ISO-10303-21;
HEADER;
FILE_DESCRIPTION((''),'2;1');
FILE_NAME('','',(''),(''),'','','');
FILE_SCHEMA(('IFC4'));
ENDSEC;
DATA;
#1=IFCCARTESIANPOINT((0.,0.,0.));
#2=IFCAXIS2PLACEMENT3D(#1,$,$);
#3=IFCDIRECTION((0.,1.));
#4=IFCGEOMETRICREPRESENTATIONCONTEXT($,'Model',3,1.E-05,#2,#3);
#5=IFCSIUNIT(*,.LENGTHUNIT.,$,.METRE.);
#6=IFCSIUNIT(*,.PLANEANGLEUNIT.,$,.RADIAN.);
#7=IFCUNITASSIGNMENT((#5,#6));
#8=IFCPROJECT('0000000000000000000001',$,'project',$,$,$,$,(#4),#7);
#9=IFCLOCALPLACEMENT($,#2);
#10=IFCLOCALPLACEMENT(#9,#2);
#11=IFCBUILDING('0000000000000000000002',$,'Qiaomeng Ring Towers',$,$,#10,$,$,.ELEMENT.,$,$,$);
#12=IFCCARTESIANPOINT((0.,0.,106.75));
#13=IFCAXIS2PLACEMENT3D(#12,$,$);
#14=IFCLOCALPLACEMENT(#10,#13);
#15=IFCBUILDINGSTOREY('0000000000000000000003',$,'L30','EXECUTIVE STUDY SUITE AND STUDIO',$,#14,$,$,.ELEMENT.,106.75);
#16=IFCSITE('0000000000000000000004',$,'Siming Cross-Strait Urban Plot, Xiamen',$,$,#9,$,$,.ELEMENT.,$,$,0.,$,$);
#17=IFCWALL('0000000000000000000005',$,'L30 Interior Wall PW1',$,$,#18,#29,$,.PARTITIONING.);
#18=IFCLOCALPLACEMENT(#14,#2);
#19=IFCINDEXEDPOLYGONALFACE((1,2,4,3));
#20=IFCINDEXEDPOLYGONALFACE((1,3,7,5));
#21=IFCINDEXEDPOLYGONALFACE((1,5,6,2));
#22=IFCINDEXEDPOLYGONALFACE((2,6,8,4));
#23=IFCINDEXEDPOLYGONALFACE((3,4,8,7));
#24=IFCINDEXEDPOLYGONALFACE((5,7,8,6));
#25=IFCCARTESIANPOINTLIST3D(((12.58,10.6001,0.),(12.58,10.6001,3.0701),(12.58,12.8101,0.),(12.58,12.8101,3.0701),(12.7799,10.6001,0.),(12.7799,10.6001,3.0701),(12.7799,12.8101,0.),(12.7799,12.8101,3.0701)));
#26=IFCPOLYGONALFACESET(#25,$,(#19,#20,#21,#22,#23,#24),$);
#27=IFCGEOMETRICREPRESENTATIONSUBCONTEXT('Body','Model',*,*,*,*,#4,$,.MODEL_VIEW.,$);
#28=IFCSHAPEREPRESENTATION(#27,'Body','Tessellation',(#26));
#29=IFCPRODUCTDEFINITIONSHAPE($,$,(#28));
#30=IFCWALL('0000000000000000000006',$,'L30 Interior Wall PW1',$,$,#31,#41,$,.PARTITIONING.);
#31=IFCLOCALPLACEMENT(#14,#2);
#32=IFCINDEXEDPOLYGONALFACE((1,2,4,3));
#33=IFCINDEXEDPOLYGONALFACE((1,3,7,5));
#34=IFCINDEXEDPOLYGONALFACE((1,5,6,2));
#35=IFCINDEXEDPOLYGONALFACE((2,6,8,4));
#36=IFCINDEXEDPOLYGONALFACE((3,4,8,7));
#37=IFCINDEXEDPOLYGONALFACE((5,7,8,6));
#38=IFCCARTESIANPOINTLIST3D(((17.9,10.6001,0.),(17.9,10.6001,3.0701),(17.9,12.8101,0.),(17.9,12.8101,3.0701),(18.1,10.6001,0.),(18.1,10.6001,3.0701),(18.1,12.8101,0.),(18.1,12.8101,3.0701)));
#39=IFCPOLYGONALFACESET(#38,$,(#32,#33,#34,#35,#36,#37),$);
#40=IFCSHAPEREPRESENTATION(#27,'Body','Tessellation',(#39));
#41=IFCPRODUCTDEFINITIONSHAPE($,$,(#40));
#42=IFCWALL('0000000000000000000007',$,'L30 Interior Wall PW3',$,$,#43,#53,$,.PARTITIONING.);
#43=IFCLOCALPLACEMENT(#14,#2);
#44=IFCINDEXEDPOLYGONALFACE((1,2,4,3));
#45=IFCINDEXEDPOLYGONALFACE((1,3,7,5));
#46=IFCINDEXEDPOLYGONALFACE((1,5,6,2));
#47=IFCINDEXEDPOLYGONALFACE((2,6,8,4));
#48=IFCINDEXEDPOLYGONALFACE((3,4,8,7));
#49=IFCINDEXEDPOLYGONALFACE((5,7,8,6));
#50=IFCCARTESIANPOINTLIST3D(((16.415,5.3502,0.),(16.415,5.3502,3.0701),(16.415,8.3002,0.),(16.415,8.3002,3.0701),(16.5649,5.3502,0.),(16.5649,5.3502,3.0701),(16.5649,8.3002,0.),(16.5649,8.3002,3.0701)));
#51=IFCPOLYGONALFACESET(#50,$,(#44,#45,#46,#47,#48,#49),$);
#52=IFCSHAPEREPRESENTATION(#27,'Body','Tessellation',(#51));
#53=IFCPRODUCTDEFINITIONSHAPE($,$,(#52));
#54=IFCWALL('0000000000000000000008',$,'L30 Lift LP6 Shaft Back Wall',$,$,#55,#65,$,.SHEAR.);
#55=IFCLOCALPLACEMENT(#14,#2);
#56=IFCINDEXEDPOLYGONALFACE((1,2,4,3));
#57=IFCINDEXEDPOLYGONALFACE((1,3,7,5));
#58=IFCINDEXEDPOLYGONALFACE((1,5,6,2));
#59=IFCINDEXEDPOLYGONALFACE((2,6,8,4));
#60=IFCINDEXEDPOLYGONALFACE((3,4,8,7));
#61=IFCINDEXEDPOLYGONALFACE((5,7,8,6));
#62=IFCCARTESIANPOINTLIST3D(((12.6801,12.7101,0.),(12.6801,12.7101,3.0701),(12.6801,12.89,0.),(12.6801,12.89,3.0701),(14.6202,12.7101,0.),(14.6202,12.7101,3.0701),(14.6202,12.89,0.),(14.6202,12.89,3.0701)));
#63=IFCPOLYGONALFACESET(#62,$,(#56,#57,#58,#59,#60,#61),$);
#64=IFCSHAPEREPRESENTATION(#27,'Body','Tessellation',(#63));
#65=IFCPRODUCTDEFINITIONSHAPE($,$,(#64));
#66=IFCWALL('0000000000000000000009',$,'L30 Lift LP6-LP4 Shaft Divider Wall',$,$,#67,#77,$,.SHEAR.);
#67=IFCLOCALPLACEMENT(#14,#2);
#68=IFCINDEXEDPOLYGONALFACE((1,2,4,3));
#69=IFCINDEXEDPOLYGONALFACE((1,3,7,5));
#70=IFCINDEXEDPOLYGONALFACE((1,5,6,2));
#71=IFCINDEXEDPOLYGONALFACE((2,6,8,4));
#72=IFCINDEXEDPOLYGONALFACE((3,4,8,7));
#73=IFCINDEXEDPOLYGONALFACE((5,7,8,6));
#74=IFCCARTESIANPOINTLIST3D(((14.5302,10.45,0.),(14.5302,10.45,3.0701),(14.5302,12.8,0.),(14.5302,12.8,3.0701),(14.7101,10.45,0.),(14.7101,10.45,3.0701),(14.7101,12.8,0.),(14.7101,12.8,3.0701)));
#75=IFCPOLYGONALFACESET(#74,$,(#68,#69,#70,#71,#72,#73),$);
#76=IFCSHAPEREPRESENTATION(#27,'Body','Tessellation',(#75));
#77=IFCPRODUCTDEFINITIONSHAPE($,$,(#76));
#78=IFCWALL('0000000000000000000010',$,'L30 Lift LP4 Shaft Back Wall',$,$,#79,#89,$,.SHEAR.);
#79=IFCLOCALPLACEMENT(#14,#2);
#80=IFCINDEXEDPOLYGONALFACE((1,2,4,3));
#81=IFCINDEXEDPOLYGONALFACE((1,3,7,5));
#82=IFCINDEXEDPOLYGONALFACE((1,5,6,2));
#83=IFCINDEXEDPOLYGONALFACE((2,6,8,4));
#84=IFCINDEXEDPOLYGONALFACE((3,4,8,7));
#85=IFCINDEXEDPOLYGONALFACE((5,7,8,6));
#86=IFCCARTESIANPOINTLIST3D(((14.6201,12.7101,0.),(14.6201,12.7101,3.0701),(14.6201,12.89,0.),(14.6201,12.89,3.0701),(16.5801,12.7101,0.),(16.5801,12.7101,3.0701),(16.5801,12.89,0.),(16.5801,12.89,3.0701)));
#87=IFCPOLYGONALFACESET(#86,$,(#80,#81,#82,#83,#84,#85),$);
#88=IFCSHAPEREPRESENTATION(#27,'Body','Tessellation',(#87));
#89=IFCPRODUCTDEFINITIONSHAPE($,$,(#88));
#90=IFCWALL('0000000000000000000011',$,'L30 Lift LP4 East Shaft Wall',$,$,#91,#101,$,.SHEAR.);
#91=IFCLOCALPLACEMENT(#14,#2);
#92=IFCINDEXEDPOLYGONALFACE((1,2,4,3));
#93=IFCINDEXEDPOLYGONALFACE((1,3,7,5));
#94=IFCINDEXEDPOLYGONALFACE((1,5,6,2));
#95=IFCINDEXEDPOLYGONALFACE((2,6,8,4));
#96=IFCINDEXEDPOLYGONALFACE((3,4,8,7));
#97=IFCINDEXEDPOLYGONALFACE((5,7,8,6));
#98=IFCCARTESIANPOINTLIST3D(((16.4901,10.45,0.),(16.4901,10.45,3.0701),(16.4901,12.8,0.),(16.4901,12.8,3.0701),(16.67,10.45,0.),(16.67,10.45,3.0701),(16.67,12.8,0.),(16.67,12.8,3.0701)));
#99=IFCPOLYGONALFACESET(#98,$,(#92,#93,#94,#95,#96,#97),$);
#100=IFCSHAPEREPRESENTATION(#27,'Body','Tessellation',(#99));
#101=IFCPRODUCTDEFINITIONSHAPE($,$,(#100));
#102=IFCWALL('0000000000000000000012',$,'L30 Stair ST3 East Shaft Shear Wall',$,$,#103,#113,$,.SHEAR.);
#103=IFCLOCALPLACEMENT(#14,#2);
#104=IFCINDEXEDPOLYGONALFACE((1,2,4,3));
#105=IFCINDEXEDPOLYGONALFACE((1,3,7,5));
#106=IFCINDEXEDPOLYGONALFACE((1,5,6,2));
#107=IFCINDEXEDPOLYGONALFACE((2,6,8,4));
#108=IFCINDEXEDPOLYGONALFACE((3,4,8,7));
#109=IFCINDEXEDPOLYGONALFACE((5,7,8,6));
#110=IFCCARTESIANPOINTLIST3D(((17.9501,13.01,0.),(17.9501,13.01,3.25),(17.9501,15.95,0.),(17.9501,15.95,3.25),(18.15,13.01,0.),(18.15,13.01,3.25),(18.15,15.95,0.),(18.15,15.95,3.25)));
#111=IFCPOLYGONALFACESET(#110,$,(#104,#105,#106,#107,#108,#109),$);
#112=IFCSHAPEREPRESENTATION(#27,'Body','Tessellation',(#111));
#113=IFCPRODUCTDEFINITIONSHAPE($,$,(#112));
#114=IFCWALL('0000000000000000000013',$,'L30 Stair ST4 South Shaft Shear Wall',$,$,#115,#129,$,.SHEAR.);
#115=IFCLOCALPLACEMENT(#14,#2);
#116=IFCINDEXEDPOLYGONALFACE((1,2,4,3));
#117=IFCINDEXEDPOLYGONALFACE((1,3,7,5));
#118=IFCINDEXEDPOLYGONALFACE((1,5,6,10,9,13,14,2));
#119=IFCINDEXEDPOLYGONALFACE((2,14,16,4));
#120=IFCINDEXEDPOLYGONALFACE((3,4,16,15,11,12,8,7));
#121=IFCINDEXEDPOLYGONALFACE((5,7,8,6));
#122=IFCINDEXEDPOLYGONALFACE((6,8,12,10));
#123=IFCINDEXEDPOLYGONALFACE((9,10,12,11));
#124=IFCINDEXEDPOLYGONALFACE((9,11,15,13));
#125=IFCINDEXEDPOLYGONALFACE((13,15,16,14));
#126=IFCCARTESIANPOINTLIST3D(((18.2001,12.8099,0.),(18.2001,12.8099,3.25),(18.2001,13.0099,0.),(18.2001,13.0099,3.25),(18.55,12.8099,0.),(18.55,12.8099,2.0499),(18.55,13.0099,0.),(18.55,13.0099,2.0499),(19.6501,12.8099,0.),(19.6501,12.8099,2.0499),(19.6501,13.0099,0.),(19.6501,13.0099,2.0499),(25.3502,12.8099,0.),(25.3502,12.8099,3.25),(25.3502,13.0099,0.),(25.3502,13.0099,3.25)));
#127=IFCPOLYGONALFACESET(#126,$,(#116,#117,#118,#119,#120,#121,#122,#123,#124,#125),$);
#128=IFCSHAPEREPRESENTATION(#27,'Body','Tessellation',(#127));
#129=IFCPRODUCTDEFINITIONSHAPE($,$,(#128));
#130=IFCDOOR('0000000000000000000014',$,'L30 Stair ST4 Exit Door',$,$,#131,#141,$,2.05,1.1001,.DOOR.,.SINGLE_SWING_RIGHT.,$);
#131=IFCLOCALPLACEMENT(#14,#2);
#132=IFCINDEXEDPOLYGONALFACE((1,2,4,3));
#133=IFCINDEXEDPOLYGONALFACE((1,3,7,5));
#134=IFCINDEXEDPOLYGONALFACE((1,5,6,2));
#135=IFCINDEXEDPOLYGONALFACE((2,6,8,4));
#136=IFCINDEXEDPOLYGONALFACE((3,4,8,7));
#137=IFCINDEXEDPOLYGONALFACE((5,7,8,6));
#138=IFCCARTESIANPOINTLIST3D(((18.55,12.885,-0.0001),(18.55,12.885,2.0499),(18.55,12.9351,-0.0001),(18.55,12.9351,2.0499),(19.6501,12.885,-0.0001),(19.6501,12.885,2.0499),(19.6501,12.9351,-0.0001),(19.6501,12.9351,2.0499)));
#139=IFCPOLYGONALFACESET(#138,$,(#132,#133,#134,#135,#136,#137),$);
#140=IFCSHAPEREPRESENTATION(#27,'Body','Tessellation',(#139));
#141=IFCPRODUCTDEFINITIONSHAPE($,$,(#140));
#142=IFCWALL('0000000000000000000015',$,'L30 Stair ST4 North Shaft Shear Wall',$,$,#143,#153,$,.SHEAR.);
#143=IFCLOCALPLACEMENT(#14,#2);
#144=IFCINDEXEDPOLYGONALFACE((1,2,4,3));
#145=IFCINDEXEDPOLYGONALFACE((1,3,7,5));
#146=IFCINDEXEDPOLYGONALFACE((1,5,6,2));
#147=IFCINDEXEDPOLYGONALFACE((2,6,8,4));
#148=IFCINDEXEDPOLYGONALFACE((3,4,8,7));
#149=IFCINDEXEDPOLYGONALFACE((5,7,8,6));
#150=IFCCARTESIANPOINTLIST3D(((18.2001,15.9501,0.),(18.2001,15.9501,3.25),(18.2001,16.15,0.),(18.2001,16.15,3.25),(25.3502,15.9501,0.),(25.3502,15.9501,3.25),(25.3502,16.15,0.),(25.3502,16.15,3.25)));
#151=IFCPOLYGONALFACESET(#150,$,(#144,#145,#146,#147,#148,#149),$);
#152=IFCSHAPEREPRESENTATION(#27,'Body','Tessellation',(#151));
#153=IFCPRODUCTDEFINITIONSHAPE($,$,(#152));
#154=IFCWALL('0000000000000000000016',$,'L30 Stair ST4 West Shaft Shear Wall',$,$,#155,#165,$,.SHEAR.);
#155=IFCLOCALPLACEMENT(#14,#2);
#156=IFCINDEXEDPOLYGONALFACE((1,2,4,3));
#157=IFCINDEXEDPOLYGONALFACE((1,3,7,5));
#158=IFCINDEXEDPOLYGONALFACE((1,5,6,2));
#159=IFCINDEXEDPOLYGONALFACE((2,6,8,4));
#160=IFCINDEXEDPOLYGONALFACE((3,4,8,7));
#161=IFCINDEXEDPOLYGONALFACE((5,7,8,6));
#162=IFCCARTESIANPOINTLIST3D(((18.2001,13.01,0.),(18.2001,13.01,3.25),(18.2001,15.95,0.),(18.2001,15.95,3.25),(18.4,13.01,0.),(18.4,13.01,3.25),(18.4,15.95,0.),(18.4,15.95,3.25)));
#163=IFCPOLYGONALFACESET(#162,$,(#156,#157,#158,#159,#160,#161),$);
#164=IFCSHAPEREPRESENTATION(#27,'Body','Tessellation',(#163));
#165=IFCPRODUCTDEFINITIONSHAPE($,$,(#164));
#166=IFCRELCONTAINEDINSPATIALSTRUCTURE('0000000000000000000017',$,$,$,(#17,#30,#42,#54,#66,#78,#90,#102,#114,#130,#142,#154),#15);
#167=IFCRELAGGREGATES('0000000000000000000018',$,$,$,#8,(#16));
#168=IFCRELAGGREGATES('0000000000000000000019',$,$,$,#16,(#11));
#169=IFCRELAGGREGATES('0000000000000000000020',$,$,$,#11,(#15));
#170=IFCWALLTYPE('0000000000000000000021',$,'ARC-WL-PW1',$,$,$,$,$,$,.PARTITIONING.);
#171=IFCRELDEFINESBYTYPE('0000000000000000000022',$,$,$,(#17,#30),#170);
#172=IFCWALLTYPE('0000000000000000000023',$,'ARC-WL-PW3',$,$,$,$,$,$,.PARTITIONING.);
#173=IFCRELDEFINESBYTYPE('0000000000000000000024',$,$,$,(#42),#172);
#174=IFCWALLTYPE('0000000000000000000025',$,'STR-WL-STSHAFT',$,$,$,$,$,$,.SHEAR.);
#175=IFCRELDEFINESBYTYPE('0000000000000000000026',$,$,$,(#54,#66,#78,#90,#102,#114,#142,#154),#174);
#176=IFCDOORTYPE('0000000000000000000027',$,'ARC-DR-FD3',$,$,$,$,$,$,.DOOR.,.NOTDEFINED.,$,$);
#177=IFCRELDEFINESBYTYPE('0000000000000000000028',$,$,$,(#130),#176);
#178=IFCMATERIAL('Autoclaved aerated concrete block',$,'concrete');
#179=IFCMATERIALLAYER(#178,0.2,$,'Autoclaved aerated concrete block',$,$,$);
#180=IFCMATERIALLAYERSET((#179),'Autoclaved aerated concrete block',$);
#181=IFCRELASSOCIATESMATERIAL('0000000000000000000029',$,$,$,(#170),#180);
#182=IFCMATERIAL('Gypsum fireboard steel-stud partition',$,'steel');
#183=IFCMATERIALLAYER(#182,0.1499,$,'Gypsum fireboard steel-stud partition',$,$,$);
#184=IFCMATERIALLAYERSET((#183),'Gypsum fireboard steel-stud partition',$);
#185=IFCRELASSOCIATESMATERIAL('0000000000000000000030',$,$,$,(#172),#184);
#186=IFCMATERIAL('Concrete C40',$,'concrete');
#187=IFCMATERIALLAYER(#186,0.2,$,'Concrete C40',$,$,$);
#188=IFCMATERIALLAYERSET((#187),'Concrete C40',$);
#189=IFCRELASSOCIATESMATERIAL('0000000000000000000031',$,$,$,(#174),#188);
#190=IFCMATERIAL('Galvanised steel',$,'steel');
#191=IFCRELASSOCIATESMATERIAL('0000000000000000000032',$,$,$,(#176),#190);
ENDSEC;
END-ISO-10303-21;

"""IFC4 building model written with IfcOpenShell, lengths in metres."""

from ifc_helpers import new_model, si_unit, direction, frame, frame_2d, origin, place, context, subcontext, project, spatial, rectangle, extrude, source, transform, mapped, material, layer, layer_set, type_object, element, fill, save


model = new_model("IFC4")

# Units and contexts
model_context = context("Model", 3, precision=1e-05, world=origin(), true_north=direction((0.0, 1.0)))
body_context = subcontext(model_context, "Body", "Model", "MODEL_VIEW")
ifc_project = project(units=[si_unit("LENGTHUNIT", "METRE"), si_unit("PLANEANGLEUNIT", "RADIAN")], contexts=[model_context])

# Site, building, storey
site_placement = place(None, origin())
site = spatial("IfcSite", under=ifc_project, at=site_placement, Name="Siming Cross-Strait Urban Plot, Xiamen", CompositionType="ELEMENT", RefElevation=0.0)
building_placement = place(site_placement, origin())
building = spatial("IfcBuilding", under=site, at=building_placement, Name="Qiaomeng Ring Towers", CompositionType="ELEMENT")
storey_placement = place(building_placement, frame((0.0, 0.0, 106.75)))
storey = spatial("IfcBuildingStorey", under=building, at=storey_placement, Name="L30", Description="EXECUTIVE STUDY SUITE AND STUDIO", CompositionType="ELEMENT", Elevation=106.75)

# Walls
ifc_material_1 = material(Name="Autoclaved aerated concrete block", Category="concrete")
ifc_layer_1 = layer(ifc_material_1, 0.2, Name="Autoclaved aerated concrete block")
ifc_layer_set_1 = layer_set([ifc_layer_1], Name="Autoclaved aerated concrete block")
wall_type_1 = type_object("IfcWallType", Name="ARC-WL-PW1", PredefinedType="PARTITIONING", material=ifc_layer_set_1)
for number, where, z_axis, x_axis, name in (
    (1, (12.6799, 10.6001, 0.0), (0.0, 0.0, 1.0), (0.0, 1.0, 0.0), "L30 Interior Wall PW1"),
    (2, (18.0, 10.6001, 0.0), (0.0, 0.0, 1.0), (0.0, 1.0, 0.0), "L30 Interior Wall PW1"),
):
    element("IfcWall", number, at=place(storey_placement, frame(where, z_axis=z_axis, x_axis=x_axis)), inside=storey, type_object=wall_type_1, Name=name, PredefinedType="PARTITIONING", context=body_context, shape_type="SweptSolid", body=[
        extrude(rectangle(XDim=2.21, YDim=0.2, at=frame_2d((1.105, 0.0))), origin(), (0.0, 0.0, 1.0), 3.0701),
    ])
ifc_material_2 = material(Name="Gypsum fireboard steel-stud partition", Category="steel")
ifc_layer_2 = layer(ifc_material_2, 0.1499, Name="Gypsum fireboard steel-stud partition")
ifc_layer_set_2 = layer_set([ifc_layer_2], Name="Gypsum fireboard steel-stud partition")
wall_type_2 = type_object("IfcWallType", Name="ARC-WL-PW3", PredefinedType="PARTITIONING", material=ifc_layer_set_2)
wall_1_placement = place(storey_placement, frame((16.49, 5.3501, 0.0), z_axis=(0.0, 0.0, 1.0), x_axis=(0.0, 1.0, 0.0)))
element("IfcWall", 3, at=wall_1_placement, inside=storey, type_object=wall_type_2, Name="L30 Interior Wall PW3", PredefinedType="PARTITIONING", context=body_context, shape_type="SweptSolid", body=[
    extrude(rectangle(XDim=2.95, YDim=0.1499, at=frame_2d((1.4751, 0.0))), origin(), (0.0, 0.0, 1.0), 3.0701),
])
ifc_material_3 = material(Name="Concrete C40", Category="concrete")
ifc_layer_3 = layer(ifc_material_3, 0.2, Name="Concrete C40")
ifc_layer_set_3 = layer_set([ifc_layer_3], Name="Concrete C40")
wall_type_3 = type_object("IfcWallType", Name="STR-WL-STSHAFT", PredefinedType="SHEAR", material=ifc_layer_set_3)
wall_2_placement = place(storey_placement, frame((12.6799, 12.8, 0.0), z_axis=(0.0, 0.0, 1.0), x_axis=(1.0, 0.0, 0.0)))
element("IfcWall", 4, at=wall_2_placement, inside=storey, type_object=wall_type_3, Name="L30 Lift LP6 Shaft Back Wall", PredefinedType="SHEAR", context=body_context, shape_type="SweptSolid", body=[
    extrude(rectangle(XDim=1.9402, YDim=0.1799, at=frame_2d((0.9702, 0.0))), origin(), (0.0, 0.0, 1.0), 3.0701),
])
wall_3_placement = place(storey_placement, frame((14.6201, 10.45, 0.0), z_axis=(0.0, 0.0, 1.0), x_axis=(0.0, 1.0, 0.0)))
element("IfcWall", 5, at=wall_3_placement, inside=storey, type_object=wall_type_3, Name="L30 Lift LP6-LP4 Shaft Divider Wall", PredefinedType="SHEAR", context=body_context, shape_type="SweptSolid", body=[
    extrude(rectangle(XDim=2.3501, YDim=0.1799, at=frame_2d((1.175, 0.0))), origin(), (0.0, 0.0, 1.0), 3.0701),
])
wall_4_placement = place(storey_placement, frame((14.6201, 12.8, 0.0), z_axis=(0.0, 0.0, 1.0), x_axis=(1.0, 0.0, 0.0)))
element("IfcWall", 6, at=wall_4_placement, inside=storey, type_object=wall_type_3, Name="L30 Lift LP4 Shaft Back Wall", PredefinedType="SHEAR", context=body_context, shape_type="SweptSolid", body=[
    extrude(rectangle(XDim=1.96, YDim=0.1799, at=frame_2d((0.98, 0.0))), origin(), (0.0, 0.0, 1.0), 3.0701),
])
wall_5_placement = place(storey_placement, frame((16.5801, 10.45, 0.0), z_axis=(0.0, 0.0, 1.0), x_axis=(0.0, 1.0, 0.0)))
element("IfcWall", 7, at=wall_5_placement, inside=storey, type_object=wall_type_3, Name="L30 Lift LP4 East Shaft Wall", PredefinedType="SHEAR", context=body_context, shape_type="SweptSolid", body=[
    extrude(rectangle(XDim=2.3501, YDim=0.1799, at=frame_2d((1.175, 0.0))), origin(), (0.0, 0.0, 1.0), 3.0701),
])
wall_6_placement = place(storey_placement, frame((18.05, 13.01, 0.0), z_axis=(0.0, 0.0, 1.0), x_axis=(0.0, 1.0, 0.0)))
element("IfcWall", 8, at=wall_6_placement, inside=storey, type_object=wall_type_3, Name="L30 Stair ST3 East Shaft Shear Wall", PredefinedType="SHEAR", context=body_context, shape_type="SweptSolid", body=[
    extrude(rectangle(XDim=2.9399, YDim=0.2, at=frame_2d((1.47, 0.0))), origin(), (0.0, 0.0, 1.0), 3.25),
])

# Wall, opening, door
wall_7_placement = place(storey_placement, frame((18.2, 12.9099, 0.0), z_axis=(0.0, 0.0, 1.0), x_axis=(1.0, 0.0, 0.0)))
wall_7 = element("IfcWall", 9, at=wall_7_placement, inside=storey, type_object=wall_type_3, Name="L30 Stair ST4 South Shaft Shear Wall", PredefinedType="SHEAR", context=body_context, shape_type="SweptSolid", body=[
    extrude(rectangle(XDim=7.1501, YDim=0.2, at=frame_2d((3.5752, 0.0))), origin(), (0.0, 0.0, 1.0), 3.25),
])
opening_placement = place(wall_7_placement, frame((0.3501, 0.0, 0.0)))
opening = element("IfcOpeningElement", 10, at=opening_placement, cuts=wall_7, PredefinedType="OPENING", context=body_context, shape_type="SweptSolid", body=[
    extrude(rectangle(XDim=1.1001, YDim=2.05, at=frame_2d((0.55, 1.0249))), frame((0.0, 0.1099, 0.0), z_axis=(0.0, -1.0, 0.0), x_axis=(1.0, 0.0, 0.0)), (0.0, 0.0, 1.0), 0.22),
])
ifc_material_4 = material(Name="Galvanised steel", Category="steel")
door_type = type_object("IfcDoorType", Name="ARC-DR-FD3", OperationType="NOTDEFINED", PredefinedType="DOOR", material=ifc_material_4)
shared_shape_1 = source(origin(), body_context, "Body", "SweptSolid", [
    extrude(rectangle(XDim=1.1001, YDim=2.05, at=frame_2d((0.55, 1.0249))), frame((0.0, 0.0249, 0.0), z_axis=(0.0, -1.0, 0.0), x_axis=(1.0, 0.0, 0.0)), (0.0, 0.0, 1.0), 0.05),
])
door_placement = place(opening_placement, frame((1.1001, 0.0, 0.0), z_axis=(0.0, 0.0, 1.0), x_axis=(-1.0, 0.0, 0.0)))
door = element("IfcDoor", 11, at=door_placement, inside=storey, type_object=door_type, Name="L30 Stair ST4 Exit Door", OperationType="SINGLE_SWING_RIGHT", OverallHeight=2.05, OverallWidth=1.1001, PredefinedType="DOOR", context=body_context, shape_type="MappedRepresentation", body=[
    mapped(shared_shape_1, transform((0.0, 0.0, 0.0), x_axis=(1.0, 0.0, 0.0), y_axis=(0.0, 1.0, 0.0), z_axis=(0.0, 0.0, 1.0), scale=1.0)),
])
fill(opening, door)

# Walls
wall_8_placement = place(storey_placement, frame((18.2, 16.05, 0.0), z_axis=(0.0, 0.0, 1.0), x_axis=(1.0, 0.0, 0.0)))
element("IfcWall", 12, at=wall_8_placement, inside=storey, type_object=wall_type_3, Name="L30 Stair ST4 North Shaft Shear Wall", PredefinedType="SHEAR", context=body_context, shape_type="SweptSolid", body=[
    extrude(rectangle(XDim=7.1501, YDim=0.2, at=frame_2d((3.5752, 0.0))), origin(), (0.0, 0.0, 1.0), 3.25),
])
wall_9_placement = place(storey_placement, frame((18.3, 13.01, 0.0), z_axis=(0.0, 0.0, 1.0), x_axis=(0.0, 1.0, 0.0)))
element("IfcWall", 13, at=wall_9_placement, inside=storey, type_object=wall_type_3, Name="L30 Stair ST4 West Shaft Shear Wall", PredefinedType="SHEAR", context=body_context, shape_type="SweptSolid", body=[
    extrude(rectangle(XDim=2.9399, YDim=0.2, at=frame_2d((1.47, 0.0))), origin(), (0.0, 0.0, 1.0), 3.25),
])

save(model, "model.ifc")
